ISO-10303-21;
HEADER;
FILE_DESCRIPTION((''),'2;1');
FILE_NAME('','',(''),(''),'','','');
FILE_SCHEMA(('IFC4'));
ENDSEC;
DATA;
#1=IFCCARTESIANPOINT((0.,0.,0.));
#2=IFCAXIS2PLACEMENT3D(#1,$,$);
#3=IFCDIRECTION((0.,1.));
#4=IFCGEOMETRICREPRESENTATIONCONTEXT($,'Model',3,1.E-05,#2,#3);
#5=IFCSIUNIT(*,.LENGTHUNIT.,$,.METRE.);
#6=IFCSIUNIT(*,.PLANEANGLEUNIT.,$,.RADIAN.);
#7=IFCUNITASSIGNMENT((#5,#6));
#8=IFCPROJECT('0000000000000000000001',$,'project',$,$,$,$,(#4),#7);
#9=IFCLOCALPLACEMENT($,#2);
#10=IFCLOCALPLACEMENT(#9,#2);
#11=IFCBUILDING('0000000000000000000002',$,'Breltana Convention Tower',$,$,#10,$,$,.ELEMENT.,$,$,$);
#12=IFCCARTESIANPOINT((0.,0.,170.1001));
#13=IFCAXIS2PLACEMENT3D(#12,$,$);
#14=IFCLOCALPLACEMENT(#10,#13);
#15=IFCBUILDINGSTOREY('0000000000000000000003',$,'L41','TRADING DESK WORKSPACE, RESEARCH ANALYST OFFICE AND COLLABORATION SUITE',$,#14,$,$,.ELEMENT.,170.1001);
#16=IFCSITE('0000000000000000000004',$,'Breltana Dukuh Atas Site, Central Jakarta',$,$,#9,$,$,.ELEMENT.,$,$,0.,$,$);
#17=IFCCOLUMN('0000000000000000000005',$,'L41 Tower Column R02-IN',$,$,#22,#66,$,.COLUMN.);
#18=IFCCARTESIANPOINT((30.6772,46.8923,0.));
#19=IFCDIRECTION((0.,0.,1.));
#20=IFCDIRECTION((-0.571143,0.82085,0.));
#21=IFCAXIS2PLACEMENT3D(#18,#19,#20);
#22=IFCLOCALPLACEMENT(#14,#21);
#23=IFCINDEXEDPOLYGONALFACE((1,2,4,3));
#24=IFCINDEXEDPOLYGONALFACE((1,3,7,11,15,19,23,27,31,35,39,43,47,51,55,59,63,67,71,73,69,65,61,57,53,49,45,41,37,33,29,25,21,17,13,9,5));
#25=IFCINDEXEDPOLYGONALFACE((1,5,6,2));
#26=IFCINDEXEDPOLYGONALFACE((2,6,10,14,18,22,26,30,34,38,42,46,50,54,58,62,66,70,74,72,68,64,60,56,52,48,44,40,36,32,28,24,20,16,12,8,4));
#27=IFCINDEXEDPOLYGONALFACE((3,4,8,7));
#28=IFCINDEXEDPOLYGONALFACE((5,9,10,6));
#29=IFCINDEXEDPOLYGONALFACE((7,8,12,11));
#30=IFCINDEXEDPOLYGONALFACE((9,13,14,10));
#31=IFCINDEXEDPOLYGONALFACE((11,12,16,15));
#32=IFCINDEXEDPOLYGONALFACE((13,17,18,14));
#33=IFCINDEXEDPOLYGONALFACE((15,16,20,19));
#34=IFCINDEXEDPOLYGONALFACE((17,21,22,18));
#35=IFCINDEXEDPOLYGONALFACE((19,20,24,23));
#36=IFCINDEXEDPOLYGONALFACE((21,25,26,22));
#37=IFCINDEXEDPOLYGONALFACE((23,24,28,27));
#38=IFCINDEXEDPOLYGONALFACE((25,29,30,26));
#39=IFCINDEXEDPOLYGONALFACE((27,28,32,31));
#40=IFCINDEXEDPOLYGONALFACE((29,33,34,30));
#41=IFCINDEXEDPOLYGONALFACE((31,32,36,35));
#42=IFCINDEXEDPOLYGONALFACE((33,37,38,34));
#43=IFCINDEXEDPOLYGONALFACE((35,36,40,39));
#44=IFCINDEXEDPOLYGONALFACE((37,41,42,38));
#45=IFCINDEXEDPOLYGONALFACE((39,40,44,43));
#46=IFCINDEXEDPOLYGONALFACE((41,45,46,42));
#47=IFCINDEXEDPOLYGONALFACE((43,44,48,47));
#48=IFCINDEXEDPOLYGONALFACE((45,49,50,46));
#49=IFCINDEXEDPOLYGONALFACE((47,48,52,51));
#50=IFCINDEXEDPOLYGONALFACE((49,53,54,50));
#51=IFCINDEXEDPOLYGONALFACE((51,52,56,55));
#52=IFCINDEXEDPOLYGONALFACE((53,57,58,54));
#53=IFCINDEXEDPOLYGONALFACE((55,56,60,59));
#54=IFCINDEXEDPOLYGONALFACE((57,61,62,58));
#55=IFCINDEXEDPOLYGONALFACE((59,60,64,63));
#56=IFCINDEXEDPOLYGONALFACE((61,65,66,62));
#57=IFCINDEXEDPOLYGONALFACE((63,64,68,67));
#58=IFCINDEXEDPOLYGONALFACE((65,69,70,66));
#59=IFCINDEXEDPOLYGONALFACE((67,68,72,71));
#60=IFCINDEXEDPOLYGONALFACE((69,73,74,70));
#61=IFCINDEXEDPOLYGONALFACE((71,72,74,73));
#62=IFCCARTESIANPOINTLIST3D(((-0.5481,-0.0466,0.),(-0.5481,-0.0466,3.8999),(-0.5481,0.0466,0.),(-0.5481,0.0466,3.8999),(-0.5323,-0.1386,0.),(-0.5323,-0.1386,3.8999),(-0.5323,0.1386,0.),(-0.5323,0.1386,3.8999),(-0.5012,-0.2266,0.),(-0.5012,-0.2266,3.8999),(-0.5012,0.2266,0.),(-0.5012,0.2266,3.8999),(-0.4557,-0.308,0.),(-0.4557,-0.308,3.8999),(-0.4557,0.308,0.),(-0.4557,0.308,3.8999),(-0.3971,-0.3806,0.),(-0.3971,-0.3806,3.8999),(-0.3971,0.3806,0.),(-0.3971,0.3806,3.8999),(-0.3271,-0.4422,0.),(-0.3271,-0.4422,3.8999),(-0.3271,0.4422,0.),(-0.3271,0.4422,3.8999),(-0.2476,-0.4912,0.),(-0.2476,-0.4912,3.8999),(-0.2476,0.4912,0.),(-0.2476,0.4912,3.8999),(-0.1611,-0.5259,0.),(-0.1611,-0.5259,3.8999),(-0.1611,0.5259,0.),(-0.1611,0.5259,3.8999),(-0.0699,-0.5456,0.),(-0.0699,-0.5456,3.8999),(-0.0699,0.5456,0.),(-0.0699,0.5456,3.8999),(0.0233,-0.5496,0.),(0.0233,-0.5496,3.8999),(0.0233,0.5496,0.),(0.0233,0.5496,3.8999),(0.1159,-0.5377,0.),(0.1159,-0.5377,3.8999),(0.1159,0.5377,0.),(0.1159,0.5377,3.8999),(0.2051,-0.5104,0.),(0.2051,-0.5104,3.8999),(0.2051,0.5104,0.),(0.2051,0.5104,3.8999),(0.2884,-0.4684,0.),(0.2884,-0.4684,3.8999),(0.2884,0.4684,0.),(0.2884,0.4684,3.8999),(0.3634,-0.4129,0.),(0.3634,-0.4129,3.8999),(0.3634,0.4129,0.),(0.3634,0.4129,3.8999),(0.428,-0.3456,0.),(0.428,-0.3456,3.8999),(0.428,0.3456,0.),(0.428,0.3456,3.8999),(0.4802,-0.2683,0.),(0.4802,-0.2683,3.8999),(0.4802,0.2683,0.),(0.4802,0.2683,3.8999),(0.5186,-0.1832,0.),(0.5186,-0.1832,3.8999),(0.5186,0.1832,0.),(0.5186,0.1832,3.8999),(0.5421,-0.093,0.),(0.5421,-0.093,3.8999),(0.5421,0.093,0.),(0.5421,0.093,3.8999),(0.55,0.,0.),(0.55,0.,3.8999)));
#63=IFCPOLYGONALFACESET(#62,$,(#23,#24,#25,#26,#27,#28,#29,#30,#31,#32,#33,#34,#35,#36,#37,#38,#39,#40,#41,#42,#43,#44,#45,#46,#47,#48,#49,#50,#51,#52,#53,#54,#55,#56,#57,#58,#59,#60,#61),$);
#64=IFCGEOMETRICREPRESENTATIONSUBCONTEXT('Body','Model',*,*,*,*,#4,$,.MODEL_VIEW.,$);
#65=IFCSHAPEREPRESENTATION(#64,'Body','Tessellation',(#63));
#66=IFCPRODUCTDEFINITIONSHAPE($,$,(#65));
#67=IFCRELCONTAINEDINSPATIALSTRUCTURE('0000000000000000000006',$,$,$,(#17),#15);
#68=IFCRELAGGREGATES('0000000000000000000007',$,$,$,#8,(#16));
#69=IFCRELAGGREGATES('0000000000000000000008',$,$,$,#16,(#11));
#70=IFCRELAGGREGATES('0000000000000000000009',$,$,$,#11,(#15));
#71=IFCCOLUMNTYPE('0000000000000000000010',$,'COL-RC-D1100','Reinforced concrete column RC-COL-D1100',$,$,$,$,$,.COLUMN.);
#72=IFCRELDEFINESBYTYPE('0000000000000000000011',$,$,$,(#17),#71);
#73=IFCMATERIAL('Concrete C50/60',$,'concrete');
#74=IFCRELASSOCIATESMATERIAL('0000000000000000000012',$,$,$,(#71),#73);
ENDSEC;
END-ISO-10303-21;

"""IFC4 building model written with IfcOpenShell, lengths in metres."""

from ifc_helpers import new_model, si_unit, direction, frame, origin, origin_2d, place, context, subcontext, project, spatial, circle, extrude, source, transform, mapped, material, material_profile, profile_set, type_object, element, save


model = new_model("IFC4")

# Units and contexts
model_context = context("Model", 3, precision=1e-05, world=origin(), true_north=direction((0.0, 1.0)))
body_context = subcontext(model_context, "Body", "Model", "MODEL_VIEW")
ifc_project = project(units=[si_unit("LENGTHUNIT", "METRE"), si_unit("PLANEANGLEUNIT", "RADIAN")], contexts=[model_context])

# Site, building, storey
site_placement = place(None, origin())
site = spatial("IfcSite", under=ifc_project, at=site_placement, Name="Breltana Dukuh Atas Site, Central Jakarta", CompositionType="ELEMENT", RefElevation=0.0)
building_placement = place(site_placement, origin())
building = spatial("IfcBuilding", under=site, at=building_placement, Name="Breltana Convention Tower", CompositionType="ELEMENT")
storey_placement = place(building_placement, frame((0.0, 0.0, 170.1001)))
storey = spatial("IfcBuildingStorey", under=building, at=storey_placement, Name="L41", Description="TRADING DESK WORKSPACE, RESEARCH ANALYST OFFICE AND COLLABORATION SUITE", CompositionType="ELEMENT", Elevation=170.1001)

# Column
ifc_material_1 = material(Name="Concrete C50/60", Category="concrete")
ifc_material_profile_1 = material_profile(ifc_material_1, circle(Radius=0.55, at=origin_2d()), Name="RC-COL-D1100")
ifc_profile_set_1 = profile_set([ifc_material_profile_1], Name="Concrete C50/60")
column_type = type_object("IfcColumnType", Name="COL-RC-D1100", Description="Reinforced concrete column RC-COL-D1100", PredefinedType="COLUMN", material=ifc_profile_set_1)
shared_shape_1 = source(origin(), body_context, "Body", "SweptSolid", [
    extrude(circle(Radius=0.55, at=origin_2d()), origin(), (0.0, 0.0, 1.0), 3.8999),
])
for number, where, z_axis, x_axis, name in (
    (1, (30.6772, 46.8923, 0.0), (0.0, 0.0, 1.0), (-0.571143, 0.82085, 0.0), "L41 Tower Column R02-IN"),
):
    element("IfcColumn", number, at=place(storey_placement, frame(where, z_axis=z_axis, x_axis=x_axis)), inside=storey, type_object=column_type, Name=name, PredefinedType="COLUMN", context=body_context, shape_type="MappedRepresentation", body=[
        mapped(shared_shape_1, transform((0.0, 0.0, 0.0), scale=1.0)),
    ])

save(model, "model.ifc")
